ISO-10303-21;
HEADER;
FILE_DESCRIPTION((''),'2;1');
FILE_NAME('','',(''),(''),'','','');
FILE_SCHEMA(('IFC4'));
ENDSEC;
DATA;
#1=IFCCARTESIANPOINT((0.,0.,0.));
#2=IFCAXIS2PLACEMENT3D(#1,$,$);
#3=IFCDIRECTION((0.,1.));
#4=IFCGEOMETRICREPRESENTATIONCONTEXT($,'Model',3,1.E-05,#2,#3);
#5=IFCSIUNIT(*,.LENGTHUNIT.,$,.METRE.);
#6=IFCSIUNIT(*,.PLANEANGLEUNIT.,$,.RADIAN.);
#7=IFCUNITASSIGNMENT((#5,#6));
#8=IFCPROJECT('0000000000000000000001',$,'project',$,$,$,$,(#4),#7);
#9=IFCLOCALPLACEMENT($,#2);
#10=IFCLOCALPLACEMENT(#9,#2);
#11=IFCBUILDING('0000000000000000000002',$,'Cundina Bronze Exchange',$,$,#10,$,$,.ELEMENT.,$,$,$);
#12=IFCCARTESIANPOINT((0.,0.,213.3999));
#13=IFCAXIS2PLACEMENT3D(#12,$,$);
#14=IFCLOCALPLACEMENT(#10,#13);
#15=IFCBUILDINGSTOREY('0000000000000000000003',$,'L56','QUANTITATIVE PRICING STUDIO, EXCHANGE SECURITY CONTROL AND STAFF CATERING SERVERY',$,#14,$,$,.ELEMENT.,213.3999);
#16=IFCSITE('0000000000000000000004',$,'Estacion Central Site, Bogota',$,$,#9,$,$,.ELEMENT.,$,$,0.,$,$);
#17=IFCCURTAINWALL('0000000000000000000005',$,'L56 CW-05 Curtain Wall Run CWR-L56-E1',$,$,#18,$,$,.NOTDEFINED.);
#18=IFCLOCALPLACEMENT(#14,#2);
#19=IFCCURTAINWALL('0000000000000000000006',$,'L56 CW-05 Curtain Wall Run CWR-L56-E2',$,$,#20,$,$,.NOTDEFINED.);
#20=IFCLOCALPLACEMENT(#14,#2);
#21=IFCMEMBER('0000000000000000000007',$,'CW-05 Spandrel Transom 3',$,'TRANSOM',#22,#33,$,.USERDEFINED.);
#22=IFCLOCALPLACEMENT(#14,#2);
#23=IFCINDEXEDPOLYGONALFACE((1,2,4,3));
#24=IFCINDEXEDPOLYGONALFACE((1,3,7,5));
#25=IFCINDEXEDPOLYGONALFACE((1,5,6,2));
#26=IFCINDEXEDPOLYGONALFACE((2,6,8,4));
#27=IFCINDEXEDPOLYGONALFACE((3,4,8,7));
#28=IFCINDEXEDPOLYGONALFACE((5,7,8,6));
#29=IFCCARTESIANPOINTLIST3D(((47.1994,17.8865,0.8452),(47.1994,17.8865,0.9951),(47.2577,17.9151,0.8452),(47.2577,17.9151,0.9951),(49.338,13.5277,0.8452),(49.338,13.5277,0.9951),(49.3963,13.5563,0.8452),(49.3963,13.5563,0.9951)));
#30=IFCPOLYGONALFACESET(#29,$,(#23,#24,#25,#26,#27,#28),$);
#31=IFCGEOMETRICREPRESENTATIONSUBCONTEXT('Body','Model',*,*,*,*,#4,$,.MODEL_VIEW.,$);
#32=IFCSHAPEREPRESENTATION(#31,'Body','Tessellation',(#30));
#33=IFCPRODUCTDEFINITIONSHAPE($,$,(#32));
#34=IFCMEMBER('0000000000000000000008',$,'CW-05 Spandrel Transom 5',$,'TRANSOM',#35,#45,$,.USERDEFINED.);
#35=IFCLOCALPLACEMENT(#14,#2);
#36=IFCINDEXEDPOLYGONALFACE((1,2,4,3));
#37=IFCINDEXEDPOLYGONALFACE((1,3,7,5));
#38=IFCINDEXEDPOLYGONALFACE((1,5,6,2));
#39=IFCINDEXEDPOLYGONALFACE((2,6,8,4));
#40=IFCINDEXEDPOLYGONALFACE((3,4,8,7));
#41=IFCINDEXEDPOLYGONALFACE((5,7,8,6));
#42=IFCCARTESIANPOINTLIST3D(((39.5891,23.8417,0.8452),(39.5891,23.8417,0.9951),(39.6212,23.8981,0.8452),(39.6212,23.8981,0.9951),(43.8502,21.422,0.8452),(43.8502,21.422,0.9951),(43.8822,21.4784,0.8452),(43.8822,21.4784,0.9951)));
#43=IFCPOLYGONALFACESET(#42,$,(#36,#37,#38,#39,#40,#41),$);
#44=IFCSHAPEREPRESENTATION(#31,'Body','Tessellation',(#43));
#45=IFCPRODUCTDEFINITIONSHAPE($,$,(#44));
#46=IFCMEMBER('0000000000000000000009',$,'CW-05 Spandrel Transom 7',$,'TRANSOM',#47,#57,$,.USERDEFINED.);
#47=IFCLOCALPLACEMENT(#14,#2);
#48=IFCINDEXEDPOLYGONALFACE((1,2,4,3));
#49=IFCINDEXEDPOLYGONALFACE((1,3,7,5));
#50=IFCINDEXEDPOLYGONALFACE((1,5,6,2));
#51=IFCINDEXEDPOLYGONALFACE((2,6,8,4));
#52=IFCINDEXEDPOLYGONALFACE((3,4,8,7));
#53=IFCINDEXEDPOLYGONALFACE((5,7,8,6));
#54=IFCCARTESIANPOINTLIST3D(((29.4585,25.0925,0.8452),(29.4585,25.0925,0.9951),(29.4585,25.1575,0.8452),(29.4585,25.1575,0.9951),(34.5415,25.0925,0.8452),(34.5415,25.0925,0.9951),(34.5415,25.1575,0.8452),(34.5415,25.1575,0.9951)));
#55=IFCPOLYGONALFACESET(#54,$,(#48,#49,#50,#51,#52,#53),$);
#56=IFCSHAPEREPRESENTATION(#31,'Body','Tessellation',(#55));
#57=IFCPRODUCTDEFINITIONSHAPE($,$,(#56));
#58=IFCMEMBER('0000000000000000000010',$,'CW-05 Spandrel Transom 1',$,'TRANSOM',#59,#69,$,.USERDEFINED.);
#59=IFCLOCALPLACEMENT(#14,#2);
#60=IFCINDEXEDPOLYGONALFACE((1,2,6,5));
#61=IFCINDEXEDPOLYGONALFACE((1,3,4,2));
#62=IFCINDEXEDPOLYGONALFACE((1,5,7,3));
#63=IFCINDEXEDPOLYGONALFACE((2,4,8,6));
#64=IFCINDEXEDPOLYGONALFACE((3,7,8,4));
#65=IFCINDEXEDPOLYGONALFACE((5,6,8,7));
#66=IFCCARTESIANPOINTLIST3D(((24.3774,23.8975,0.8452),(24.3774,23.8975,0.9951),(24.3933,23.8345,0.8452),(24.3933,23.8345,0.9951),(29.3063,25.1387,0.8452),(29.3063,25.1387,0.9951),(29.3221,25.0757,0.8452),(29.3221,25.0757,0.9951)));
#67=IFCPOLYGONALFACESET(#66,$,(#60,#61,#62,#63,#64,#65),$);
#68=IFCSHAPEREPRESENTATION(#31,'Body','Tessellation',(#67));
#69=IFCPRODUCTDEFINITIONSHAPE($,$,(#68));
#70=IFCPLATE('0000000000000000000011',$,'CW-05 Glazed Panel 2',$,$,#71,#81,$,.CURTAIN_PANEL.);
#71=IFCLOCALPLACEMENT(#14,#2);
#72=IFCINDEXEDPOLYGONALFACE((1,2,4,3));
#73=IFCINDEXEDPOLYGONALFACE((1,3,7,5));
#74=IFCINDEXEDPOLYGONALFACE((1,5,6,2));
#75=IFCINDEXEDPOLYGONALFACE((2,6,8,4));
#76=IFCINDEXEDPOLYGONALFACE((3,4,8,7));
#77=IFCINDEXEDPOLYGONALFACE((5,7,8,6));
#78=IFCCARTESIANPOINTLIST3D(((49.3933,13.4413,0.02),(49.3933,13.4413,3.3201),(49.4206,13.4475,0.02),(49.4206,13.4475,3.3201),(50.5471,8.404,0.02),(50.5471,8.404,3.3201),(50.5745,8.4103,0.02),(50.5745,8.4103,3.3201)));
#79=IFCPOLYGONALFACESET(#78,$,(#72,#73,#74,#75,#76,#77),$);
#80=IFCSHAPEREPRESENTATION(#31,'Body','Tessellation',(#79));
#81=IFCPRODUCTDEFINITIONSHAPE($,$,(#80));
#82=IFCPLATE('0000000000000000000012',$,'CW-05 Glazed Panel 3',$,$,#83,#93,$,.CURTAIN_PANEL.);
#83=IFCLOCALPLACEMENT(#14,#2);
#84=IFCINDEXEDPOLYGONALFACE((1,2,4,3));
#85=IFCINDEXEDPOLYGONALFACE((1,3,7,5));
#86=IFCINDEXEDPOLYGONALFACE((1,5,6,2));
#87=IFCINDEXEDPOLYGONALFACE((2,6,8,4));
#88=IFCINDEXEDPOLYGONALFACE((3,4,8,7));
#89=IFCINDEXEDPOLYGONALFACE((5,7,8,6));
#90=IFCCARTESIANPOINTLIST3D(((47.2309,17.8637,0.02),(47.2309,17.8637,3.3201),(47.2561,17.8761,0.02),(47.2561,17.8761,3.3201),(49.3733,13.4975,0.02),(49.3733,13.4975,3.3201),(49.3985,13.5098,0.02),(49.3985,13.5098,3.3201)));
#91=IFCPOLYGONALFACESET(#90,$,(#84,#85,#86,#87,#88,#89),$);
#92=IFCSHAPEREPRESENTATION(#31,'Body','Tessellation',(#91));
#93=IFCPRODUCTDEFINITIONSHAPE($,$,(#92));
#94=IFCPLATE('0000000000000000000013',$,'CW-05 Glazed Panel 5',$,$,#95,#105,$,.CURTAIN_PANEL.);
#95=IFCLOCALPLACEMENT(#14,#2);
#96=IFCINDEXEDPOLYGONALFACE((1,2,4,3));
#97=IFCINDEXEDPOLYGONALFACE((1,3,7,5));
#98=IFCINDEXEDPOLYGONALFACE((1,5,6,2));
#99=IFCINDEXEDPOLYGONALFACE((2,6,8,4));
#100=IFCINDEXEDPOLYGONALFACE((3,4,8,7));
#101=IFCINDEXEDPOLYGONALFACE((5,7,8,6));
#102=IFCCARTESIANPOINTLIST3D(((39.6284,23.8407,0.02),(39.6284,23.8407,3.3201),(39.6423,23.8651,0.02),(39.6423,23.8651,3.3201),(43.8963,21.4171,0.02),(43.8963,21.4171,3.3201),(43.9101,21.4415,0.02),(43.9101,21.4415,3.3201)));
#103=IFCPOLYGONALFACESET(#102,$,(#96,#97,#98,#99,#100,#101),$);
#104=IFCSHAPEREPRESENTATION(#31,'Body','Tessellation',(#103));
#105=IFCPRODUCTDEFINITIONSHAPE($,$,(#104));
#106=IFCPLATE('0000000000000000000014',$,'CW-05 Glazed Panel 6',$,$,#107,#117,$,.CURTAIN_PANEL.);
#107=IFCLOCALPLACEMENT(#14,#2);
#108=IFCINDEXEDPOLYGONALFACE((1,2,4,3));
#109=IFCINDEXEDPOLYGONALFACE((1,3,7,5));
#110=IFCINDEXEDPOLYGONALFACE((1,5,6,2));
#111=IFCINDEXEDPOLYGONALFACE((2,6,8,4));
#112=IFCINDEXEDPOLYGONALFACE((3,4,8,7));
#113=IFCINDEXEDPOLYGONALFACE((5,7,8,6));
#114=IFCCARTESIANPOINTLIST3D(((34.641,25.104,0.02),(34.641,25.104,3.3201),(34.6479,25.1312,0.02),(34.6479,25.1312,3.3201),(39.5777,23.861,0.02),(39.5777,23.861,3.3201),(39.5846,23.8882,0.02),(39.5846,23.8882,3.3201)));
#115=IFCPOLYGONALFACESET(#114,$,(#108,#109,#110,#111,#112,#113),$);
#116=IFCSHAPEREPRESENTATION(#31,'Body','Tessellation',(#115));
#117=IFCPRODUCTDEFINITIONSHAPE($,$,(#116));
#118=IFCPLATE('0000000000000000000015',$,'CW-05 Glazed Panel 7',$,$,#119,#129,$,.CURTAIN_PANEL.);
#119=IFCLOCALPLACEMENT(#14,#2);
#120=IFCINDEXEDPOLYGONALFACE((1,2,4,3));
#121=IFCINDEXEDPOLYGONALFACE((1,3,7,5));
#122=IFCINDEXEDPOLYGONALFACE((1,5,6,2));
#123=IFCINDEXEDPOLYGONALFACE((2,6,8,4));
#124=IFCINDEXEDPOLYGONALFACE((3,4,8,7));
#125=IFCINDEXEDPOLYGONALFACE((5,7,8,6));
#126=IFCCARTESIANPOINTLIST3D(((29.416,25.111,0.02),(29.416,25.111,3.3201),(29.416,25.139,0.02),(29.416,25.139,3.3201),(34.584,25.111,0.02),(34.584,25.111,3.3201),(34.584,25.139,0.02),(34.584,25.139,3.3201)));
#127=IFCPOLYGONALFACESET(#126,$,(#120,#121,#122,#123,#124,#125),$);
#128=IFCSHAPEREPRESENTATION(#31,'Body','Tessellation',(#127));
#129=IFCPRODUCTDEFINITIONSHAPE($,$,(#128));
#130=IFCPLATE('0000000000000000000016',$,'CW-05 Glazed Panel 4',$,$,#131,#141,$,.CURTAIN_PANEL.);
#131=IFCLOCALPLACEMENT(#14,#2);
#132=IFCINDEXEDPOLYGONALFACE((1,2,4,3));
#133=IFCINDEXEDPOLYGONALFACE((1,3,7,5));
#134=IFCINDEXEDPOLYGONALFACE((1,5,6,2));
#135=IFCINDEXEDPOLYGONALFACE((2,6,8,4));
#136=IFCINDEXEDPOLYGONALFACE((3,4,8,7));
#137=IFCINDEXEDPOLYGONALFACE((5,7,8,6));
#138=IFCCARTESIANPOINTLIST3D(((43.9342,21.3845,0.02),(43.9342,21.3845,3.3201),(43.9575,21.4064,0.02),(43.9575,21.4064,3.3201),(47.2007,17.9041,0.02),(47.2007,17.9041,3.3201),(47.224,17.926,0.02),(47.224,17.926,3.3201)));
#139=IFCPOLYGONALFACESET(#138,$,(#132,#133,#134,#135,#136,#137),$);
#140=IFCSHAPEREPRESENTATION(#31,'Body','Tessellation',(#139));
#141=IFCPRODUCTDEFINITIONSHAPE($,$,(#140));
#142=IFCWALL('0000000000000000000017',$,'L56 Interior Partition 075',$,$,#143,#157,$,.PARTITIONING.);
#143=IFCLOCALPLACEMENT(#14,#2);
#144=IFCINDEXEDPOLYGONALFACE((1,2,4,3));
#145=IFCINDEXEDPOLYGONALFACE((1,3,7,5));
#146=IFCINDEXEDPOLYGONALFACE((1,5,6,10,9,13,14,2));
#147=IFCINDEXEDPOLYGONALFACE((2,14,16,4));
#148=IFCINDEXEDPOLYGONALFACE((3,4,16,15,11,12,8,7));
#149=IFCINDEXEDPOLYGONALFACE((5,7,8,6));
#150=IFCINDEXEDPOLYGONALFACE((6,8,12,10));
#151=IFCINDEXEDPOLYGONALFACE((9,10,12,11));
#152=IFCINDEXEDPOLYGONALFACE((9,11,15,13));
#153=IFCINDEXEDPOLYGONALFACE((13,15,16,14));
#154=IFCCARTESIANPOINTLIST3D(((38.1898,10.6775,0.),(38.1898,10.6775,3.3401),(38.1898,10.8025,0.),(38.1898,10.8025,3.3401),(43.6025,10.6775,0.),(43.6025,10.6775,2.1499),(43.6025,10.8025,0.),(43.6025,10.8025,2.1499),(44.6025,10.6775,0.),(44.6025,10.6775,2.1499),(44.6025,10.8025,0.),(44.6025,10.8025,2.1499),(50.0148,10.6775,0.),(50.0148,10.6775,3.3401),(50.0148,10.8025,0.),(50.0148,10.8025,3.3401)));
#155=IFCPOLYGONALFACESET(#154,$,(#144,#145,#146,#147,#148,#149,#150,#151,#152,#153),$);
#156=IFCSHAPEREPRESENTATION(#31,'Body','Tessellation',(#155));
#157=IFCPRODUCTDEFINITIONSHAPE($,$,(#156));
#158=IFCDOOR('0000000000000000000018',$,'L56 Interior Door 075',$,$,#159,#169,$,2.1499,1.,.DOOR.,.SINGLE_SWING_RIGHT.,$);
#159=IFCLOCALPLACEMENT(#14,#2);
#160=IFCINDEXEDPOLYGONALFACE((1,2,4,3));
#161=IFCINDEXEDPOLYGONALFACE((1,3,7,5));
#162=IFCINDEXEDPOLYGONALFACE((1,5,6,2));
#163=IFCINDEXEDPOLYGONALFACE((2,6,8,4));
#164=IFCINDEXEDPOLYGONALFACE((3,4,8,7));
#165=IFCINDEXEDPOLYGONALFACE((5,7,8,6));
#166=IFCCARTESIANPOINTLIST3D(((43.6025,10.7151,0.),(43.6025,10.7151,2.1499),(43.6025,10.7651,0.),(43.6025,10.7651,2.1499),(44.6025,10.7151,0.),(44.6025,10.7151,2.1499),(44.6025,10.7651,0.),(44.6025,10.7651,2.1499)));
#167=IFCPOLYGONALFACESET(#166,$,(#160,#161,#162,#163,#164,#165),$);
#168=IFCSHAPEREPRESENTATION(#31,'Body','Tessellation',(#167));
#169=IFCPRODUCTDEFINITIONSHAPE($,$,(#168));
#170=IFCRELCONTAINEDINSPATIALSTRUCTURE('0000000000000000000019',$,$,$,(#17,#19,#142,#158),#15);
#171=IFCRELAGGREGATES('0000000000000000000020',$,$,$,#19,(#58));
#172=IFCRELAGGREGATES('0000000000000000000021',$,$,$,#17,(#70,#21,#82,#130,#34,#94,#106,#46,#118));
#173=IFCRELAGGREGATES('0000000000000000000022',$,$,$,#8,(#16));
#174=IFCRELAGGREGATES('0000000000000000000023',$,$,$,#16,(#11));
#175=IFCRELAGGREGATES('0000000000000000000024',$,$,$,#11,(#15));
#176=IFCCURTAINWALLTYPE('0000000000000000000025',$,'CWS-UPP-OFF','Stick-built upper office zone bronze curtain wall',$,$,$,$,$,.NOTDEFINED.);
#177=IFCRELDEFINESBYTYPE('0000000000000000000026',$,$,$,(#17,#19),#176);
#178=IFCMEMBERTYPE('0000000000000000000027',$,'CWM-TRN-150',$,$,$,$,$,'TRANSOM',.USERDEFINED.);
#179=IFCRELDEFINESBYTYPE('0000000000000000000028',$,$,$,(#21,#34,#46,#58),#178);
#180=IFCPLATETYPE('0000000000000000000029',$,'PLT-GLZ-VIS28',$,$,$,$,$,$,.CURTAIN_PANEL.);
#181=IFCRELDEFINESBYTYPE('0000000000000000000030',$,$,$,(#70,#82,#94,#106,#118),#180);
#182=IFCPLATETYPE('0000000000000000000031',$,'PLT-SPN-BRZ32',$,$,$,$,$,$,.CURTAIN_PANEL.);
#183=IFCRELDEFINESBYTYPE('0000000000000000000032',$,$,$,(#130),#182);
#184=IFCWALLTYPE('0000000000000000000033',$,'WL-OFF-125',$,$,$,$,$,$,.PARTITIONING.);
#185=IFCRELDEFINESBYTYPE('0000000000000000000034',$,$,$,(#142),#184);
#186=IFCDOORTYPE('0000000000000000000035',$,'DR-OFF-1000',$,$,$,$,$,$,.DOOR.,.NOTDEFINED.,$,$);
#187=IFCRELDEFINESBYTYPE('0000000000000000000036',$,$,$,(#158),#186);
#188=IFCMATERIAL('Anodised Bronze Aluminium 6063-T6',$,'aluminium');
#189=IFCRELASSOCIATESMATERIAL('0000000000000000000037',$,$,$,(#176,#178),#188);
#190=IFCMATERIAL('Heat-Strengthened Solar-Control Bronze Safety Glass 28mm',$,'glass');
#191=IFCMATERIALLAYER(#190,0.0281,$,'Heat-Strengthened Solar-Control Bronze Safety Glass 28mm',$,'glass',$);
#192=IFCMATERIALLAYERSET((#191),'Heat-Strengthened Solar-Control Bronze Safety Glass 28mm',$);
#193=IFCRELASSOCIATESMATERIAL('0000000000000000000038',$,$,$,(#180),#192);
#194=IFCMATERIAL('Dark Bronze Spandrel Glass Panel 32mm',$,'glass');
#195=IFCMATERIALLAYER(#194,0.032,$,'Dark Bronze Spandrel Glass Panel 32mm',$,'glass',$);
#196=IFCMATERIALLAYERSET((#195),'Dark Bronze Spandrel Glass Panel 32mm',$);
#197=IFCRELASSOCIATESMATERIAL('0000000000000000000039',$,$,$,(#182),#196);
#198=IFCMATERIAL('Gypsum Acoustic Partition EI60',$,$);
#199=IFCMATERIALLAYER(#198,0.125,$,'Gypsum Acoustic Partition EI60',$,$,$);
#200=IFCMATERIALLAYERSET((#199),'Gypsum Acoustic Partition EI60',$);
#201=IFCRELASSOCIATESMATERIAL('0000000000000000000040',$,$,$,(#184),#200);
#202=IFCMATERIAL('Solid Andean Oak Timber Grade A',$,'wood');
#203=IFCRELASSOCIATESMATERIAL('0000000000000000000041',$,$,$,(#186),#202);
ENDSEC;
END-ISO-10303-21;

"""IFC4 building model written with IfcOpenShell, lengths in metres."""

from ifc_helpers import new_model, si_unit, direction, frame, frame_2d, origin, origin_2d, place, context, subcontext, project, spatial, rectangle, extrude, material, layer, layer_set, material_profile, profile_set, type_object, element, fill, aggregate, save


model = new_model("IFC4")

# Units and contexts
model_context = context("Model", 3, precision=1e-05, world=origin(), true_north=direction((0.0, 1.0)))
body_context = subcontext(model_context, "Body", "Model", "MODEL_VIEW")
ifc_project = project(units=[si_unit("LENGTHUNIT", "METRE"), si_unit("PLANEANGLEUNIT", "RADIAN")], contexts=[model_context])

# Site, building, storey
site_placement = place(None, origin())
site = spatial("IfcSite", under=ifc_project, at=site_placement, Name="Estacion Central Site, Bogota", CompositionType="ELEMENT", RefElevation=0.0)
building_placement = place(site_placement, origin())
building = spatial("IfcBuilding", under=site, at=building_placement, Name="Cundina Bronze Exchange", CompositionType="ELEMENT")
storey_placement = place(building_placement, frame((0.0, 0.0, 213.3999)))
storey = spatial("IfcBuildingStorey", under=building, at=storey_placement, Name="L56", Description="QUANTITATIVE PRICING STUDIO, EXCHANGE SECURITY CONTROL AND STAFF CATERING SERVERY", CompositionType="ELEMENT", Elevation=213.3999)

# Curtain wall
ifc_material_1 = material(Name="Anodised Bronze Aluminium 6063-T6", Category="aluminium")
curtain_wall_type = type_object("IfcCurtainWallType", Name="CWS-UPP-OFF", Description="Stick-built upper office zone bronze curtain wall", PredefinedType="NOTDEFINED", material=ifc_material_1)
curtain_wall_1_placement = place(storey_placement, origin())
curtain_wall_1 = element("IfcCurtainWall", 1, at=curtain_wall_1_placement, inside=storey, type_object=curtain_wall_type, Name="L56 CW-05 Curtain Wall Run CWR-L56-E1", PredefinedType="NOTDEFINED")

# Curtain wall
curtain_wall_2_placement = place(storey_placement, origin())
curtain_wall_2 = element("IfcCurtainWall", 2, at=curtain_wall_2_placement, inside=storey, type_object=curtain_wall_type, Name="L56 CW-05 Curtain Wall Run CWR-L56-E2", PredefinedType="NOTDEFINED")

# Members
ifc_material_profile_1 = material_profile(ifc_material_1, rectangle(XDim=0.0649, YDim=0.1499, at=origin_2d()), Name="AL65X150", Category="aluminium")
ifc_profile_set_1 = profile_set([ifc_material_profile_1], Name="Anodised Bronze Aluminium 6063-T6")
member_type_1 = type_object("IfcMemberType", Name="CWM-TRN-150", ElementType="TRANSOM", PredefinedType="USERDEFINED", material=ifc_profile_set_1)
member_1_placement = place(storey_placement, frame((49.3672, 13.542, 0.9202), z_axis=(-0.440483, 0.897761, 0.0), x_axis=(-0.897761, -0.440483, 0.0)))
member_1 = element("IfcMember", 3, at=member_1_placement, type_object=member_type_1, Name="CW-05 Spandrel Transom 3", ObjectType="TRANSOM", PredefinedType="USERDEFINED", context=body_context, shape_type="SweptSolid", body=[
    extrude(rectangle(XDim=0.0649, YDim=0.1499, at=origin_2d()), origin(), (0.0, 0.0, 1.0), 4.8552),
])
member_2_placement = place(storey_placement, frame((43.8662, 21.4502, 0.9202), z_axis=(-0.869574, 0.493803, 0.0), x_axis=(-0.493803, -0.869574, 0.0)))
member_2 = element("IfcMember", 4, at=member_2_placement, type_object=member_type_1, Name="CW-05 Spandrel Transom 5", ObjectType="TRANSOM", PredefinedType="USERDEFINED", context=body_context, shape_type="SweptSolid", body=[
    extrude(rectangle(XDim=0.0649, YDim=0.1499, at=origin_2d()), origin(), (0.0, 0.0, 1.0), 4.9001),
])
member_3_placement = place(storey_placement, frame((34.5415, 25.125, 0.9202), z_axis=(-1.0, 0.0, 0.0), x_axis=(0.0, -1.0, 0.0)))
member_3 = element("IfcMember", 5, at=member_3_placement, type_object=member_type_1, Name="CW-05 Spandrel Transom 7", ObjectType="TRANSOM", PredefinedType="USERDEFINED", context=body_context, shape_type="SweptSolid", body=[
    extrude(rectangle(XDim=0.0649, YDim=0.1499, at=origin_2d()), origin(), (0.0, 0.0, 1.0), 5.083),
])
member_4_placement = place(storey_placement, frame((29.3142, 25.1072, 0.9202), z_axis=(-0.969726, -0.244197, 0.0), x_axis=(0.244197, -0.969726, 0.0)))
member_4 = element("IfcMember", 6, at=member_4_placement, type_object=member_type_1, Name="CW-05 Spandrel Transom 1", ObjectType="TRANSOM", PredefinedType="USERDEFINED", context=body_context, shape_type="SweptSolid", body=[
    extrude(rectangle(XDim=0.0649, YDim=0.1499, at=origin_2d()), origin(), (0.0, 0.0, 1.0), 5.0828),
])
aggregate(curtain_wall_2, [member_4])

# Plates
ifc_material_2 = material(Name="Heat-Strengthened Solar-Control Bronze Safety Glass 28mm", Category="glass")
ifc_layer_1 = layer(ifc_material_2, 0.0281, Name="Heat-Strengthened Solar-Control Bronze Safety Glass 28mm", Category="glass")
ifc_layer_set_1 = layer_set([ifc_layer_1], Name="Heat-Strengthened Solar-Control Bronze Safety Glass 28mm")
plate_type_1 = type_object("IfcPlateType", Name="PLT-GLZ-VIS28", PredefinedType="CURTAIN_PANEL", material=ifc_layer_set_1)
plate_1_placement = place(storey_placement, frame((49.9839, 10.9258, 0.02), z_axis=(0.0, 0.0, 1.0), x_axis=(-0.223284, 0.974753, 0.0)))
plate_1 = element("IfcPlate", 7, at=plate_1_placement, type_object=plate_type_1, Name="CW-05 Glazed Panel 2", PredefinedType="CURTAIN_PANEL", context=body_context, shape_type="SweptSolid", body=[
    extrude(rectangle(XDim=5.1677, YDim=0.0281, at=origin_2d()), origin(), (0.0, 0.0, 1.0), 3.3),
])
plate_2_placement = place(storey_placement, frame((48.3147, 15.6868, 0.02), z_axis=(0.0, 0.0, 1.0), x_axis=(-0.440503, 0.897751, 0.0)))
plate_2 = element("IfcPlate", 8, at=plate_2_placement, type_object=plate_type_1, Name="CW-05 Glazed Panel 3", PredefinedType="CURTAIN_PANEL", context=body_context, shape_type="SweptSolid", body=[
    extrude(rectangle(XDim=4.8635, YDim=0.0281, at=origin_2d()), origin(), (0.0, 0.0, 1.0), 3.3),
])
plate_3_placement = place(storey_placement, frame((41.7693, 22.6411, 0.02), z_axis=(0.0, 0.0, 1.0), x_axis=(-0.869573, 0.493805, 0.0)))
plate_3 = element("IfcPlate", 9, at=plate_3_placement, type_object=plate_type_1, Name="CW-05 Glazed Panel 5", PredefinedType="CURTAIN_PANEL", context=body_context, shape_type="SweptSolid", body=[
    extrude(rectangle(XDim=4.908, YDim=0.0281, at=origin_2d()), origin(), (0.0, 0.0, 1.0), 3.3),
])
plate_4_placement = place(storey_placement, frame((37.1128, 24.4961, 0.02), z_axis=(0.0, 0.0, 1.0), x_axis=(-0.969732, 0.244174, 0.0)))
plate_4 = element("IfcPlate", 10, at=plate_4_placement, type_object=plate_type_1, Name="CW-05 Glazed Panel 6", PredefinedType="CURTAIN_PANEL", context=body_context, shape_type="SweptSolid", body=[
    extrude(rectangle(XDim=5.0908, YDim=0.0281, at=origin_2d()), origin(), (0.0, 0.0, 1.0), 3.3),
])
plate_5_placement = place(storey_placement, frame((32.0, 25.125, 0.02), z_axis=(0.0, 0.0, 1.0), x_axis=(-1.0, 0.0, 0.0)))
plate_5 = element("IfcPlate", 11, at=plate_5_placement, type_object=plate_type_1, Name="CW-05 Glazed Panel 7", PredefinedType="CURTAIN_PANEL", context=body_context, shape_type="SweptSolid", body=[
    extrude(rectangle(XDim=5.168, YDim=0.0281, at=origin_2d()), origin(), (0.0, 0.0, 1.0), 3.3),
])
ifc_material_3 = material(Name="Dark Bronze Spandrel Glass Panel 32mm", Category="glass")
ifc_layer_2 = layer(ifc_material_3, 0.032, Name="Dark Bronze Spandrel Glass Panel 32mm", Category="glass")
ifc_layer_set_2 = layer_set([ifc_layer_2], Name="Dark Bronze Spandrel Glass Panel 32mm")
plate_type_2 = type_object("IfcPlateType", Name="PLT-SPN-BRZ32", PredefinedType="CURTAIN_PANEL", material=ifc_layer_set_2)
plate_6_placement = place(storey_placement, frame((45.5791, 19.6553, 0.02), z_axis=(0.0, 0.0, 1.0), x_axis=(-0.684344, 0.72916, 0.0)))
plate_6 = element("IfcPlate", 12, at=plate_6_placement, type_object=plate_type_2, Name="CW-05 Glazed Panel 4", PredefinedType="CURTAIN_PANEL", context=body_context, shape_type="SweptSolid", body=[
    extrude(rectangle(XDim=4.7732, YDim=0.032, at=origin_2d()), origin(), (0.0, 0.0, 1.0), 3.3),
])
aggregate(curtain_wall_1, [plate_1, member_1, plate_2, plate_6, member_2, plate_3, plate_4, member_3, plate_5])

# Wall, opening, door
ifc_material_4 = material(Name="Gypsum Acoustic Partition EI60")
ifc_layer_3 = layer(ifc_material_4, 0.125, Name="Gypsum Acoustic Partition EI60")
ifc_layer_set_3 = layer_set([ifc_layer_3], Name="Gypsum Acoustic Partition EI60")
wall_type = type_object("IfcWallType", Name="WL-OFF-125", PredefinedType="PARTITIONING", material=ifc_layer_set_3)
wall_1_placement = place(storey_placement, frame((50.0149, 10.74, 0.0), z_axis=(0.0, 0.0, 1.0), x_axis=(-1.0, 0.0, 0.0)))
wall_1 = element("IfcWall", 13, at=wall_1_placement, inside=storey, type_object=wall_type, Name="L56 Interior Partition 075", PredefinedType="PARTITIONING", context=body_context, shape_type="SweptSolid", body=[
    extrude(rectangle(XDim=11.825, YDim=0.125, at=frame_2d((5.9126, 0.0))), origin(), (0.0, 0.0, 1.0), 3.3401),
])
opening_1_placement = place(wall_1_placement, frame((5.4124, 0.0, 0.0)))
opening_1 = element("IfcOpeningElement", 14, at=opening_1_placement, cuts=wall_1, PredefinedType="OPENING", context=body_context, shape_type="SweptSolid", body=[
    extrude(rectangle(XDim=1.0, YDim=2.1499, at=frame_2d((0.5, 1.075))), frame((0.0, 0.0725, 0.0), z_axis=(0.0, -1.0, 0.0), x_axis=(1.0, 0.0, 0.0)), (0.0, 0.0, 1.0), 0.145),
])
ifc_material_5 = material(Name="Solid Andean Oak Timber Grade A", Category="wood")
door_type = type_object("IfcDoorType", Name="DR-OFF-1000", OperationType="NOTDEFINED", PredefinedType="DOOR", material=ifc_material_5)
door_1_placement = place(opening_1_placement, origin())
door_1 = element("IfcDoor", 15, at=door_1_placement, inside=storey, type_object=door_type, Name="L56 Interior Door 075", OperationType="SINGLE_SWING_RIGHT", OverallHeight=2.1499, OverallWidth=1.0, PredefinedType="DOOR", context=body_context, shape_type="SweptSolid", body=[
    extrude(rectangle(XDim=1.0, YDim=2.1499, at=frame_2d((0.5, 1.075))), frame((0.0, 0.0249, 0.0), z_axis=(0.0, -1.0, 0.0), x_axis=(1.0, 0.0, 0.0)), (0.0, 0.0, 1.0), 0.05),
])
fill(opening_1, door_1)

save(model, "model.ifc")
